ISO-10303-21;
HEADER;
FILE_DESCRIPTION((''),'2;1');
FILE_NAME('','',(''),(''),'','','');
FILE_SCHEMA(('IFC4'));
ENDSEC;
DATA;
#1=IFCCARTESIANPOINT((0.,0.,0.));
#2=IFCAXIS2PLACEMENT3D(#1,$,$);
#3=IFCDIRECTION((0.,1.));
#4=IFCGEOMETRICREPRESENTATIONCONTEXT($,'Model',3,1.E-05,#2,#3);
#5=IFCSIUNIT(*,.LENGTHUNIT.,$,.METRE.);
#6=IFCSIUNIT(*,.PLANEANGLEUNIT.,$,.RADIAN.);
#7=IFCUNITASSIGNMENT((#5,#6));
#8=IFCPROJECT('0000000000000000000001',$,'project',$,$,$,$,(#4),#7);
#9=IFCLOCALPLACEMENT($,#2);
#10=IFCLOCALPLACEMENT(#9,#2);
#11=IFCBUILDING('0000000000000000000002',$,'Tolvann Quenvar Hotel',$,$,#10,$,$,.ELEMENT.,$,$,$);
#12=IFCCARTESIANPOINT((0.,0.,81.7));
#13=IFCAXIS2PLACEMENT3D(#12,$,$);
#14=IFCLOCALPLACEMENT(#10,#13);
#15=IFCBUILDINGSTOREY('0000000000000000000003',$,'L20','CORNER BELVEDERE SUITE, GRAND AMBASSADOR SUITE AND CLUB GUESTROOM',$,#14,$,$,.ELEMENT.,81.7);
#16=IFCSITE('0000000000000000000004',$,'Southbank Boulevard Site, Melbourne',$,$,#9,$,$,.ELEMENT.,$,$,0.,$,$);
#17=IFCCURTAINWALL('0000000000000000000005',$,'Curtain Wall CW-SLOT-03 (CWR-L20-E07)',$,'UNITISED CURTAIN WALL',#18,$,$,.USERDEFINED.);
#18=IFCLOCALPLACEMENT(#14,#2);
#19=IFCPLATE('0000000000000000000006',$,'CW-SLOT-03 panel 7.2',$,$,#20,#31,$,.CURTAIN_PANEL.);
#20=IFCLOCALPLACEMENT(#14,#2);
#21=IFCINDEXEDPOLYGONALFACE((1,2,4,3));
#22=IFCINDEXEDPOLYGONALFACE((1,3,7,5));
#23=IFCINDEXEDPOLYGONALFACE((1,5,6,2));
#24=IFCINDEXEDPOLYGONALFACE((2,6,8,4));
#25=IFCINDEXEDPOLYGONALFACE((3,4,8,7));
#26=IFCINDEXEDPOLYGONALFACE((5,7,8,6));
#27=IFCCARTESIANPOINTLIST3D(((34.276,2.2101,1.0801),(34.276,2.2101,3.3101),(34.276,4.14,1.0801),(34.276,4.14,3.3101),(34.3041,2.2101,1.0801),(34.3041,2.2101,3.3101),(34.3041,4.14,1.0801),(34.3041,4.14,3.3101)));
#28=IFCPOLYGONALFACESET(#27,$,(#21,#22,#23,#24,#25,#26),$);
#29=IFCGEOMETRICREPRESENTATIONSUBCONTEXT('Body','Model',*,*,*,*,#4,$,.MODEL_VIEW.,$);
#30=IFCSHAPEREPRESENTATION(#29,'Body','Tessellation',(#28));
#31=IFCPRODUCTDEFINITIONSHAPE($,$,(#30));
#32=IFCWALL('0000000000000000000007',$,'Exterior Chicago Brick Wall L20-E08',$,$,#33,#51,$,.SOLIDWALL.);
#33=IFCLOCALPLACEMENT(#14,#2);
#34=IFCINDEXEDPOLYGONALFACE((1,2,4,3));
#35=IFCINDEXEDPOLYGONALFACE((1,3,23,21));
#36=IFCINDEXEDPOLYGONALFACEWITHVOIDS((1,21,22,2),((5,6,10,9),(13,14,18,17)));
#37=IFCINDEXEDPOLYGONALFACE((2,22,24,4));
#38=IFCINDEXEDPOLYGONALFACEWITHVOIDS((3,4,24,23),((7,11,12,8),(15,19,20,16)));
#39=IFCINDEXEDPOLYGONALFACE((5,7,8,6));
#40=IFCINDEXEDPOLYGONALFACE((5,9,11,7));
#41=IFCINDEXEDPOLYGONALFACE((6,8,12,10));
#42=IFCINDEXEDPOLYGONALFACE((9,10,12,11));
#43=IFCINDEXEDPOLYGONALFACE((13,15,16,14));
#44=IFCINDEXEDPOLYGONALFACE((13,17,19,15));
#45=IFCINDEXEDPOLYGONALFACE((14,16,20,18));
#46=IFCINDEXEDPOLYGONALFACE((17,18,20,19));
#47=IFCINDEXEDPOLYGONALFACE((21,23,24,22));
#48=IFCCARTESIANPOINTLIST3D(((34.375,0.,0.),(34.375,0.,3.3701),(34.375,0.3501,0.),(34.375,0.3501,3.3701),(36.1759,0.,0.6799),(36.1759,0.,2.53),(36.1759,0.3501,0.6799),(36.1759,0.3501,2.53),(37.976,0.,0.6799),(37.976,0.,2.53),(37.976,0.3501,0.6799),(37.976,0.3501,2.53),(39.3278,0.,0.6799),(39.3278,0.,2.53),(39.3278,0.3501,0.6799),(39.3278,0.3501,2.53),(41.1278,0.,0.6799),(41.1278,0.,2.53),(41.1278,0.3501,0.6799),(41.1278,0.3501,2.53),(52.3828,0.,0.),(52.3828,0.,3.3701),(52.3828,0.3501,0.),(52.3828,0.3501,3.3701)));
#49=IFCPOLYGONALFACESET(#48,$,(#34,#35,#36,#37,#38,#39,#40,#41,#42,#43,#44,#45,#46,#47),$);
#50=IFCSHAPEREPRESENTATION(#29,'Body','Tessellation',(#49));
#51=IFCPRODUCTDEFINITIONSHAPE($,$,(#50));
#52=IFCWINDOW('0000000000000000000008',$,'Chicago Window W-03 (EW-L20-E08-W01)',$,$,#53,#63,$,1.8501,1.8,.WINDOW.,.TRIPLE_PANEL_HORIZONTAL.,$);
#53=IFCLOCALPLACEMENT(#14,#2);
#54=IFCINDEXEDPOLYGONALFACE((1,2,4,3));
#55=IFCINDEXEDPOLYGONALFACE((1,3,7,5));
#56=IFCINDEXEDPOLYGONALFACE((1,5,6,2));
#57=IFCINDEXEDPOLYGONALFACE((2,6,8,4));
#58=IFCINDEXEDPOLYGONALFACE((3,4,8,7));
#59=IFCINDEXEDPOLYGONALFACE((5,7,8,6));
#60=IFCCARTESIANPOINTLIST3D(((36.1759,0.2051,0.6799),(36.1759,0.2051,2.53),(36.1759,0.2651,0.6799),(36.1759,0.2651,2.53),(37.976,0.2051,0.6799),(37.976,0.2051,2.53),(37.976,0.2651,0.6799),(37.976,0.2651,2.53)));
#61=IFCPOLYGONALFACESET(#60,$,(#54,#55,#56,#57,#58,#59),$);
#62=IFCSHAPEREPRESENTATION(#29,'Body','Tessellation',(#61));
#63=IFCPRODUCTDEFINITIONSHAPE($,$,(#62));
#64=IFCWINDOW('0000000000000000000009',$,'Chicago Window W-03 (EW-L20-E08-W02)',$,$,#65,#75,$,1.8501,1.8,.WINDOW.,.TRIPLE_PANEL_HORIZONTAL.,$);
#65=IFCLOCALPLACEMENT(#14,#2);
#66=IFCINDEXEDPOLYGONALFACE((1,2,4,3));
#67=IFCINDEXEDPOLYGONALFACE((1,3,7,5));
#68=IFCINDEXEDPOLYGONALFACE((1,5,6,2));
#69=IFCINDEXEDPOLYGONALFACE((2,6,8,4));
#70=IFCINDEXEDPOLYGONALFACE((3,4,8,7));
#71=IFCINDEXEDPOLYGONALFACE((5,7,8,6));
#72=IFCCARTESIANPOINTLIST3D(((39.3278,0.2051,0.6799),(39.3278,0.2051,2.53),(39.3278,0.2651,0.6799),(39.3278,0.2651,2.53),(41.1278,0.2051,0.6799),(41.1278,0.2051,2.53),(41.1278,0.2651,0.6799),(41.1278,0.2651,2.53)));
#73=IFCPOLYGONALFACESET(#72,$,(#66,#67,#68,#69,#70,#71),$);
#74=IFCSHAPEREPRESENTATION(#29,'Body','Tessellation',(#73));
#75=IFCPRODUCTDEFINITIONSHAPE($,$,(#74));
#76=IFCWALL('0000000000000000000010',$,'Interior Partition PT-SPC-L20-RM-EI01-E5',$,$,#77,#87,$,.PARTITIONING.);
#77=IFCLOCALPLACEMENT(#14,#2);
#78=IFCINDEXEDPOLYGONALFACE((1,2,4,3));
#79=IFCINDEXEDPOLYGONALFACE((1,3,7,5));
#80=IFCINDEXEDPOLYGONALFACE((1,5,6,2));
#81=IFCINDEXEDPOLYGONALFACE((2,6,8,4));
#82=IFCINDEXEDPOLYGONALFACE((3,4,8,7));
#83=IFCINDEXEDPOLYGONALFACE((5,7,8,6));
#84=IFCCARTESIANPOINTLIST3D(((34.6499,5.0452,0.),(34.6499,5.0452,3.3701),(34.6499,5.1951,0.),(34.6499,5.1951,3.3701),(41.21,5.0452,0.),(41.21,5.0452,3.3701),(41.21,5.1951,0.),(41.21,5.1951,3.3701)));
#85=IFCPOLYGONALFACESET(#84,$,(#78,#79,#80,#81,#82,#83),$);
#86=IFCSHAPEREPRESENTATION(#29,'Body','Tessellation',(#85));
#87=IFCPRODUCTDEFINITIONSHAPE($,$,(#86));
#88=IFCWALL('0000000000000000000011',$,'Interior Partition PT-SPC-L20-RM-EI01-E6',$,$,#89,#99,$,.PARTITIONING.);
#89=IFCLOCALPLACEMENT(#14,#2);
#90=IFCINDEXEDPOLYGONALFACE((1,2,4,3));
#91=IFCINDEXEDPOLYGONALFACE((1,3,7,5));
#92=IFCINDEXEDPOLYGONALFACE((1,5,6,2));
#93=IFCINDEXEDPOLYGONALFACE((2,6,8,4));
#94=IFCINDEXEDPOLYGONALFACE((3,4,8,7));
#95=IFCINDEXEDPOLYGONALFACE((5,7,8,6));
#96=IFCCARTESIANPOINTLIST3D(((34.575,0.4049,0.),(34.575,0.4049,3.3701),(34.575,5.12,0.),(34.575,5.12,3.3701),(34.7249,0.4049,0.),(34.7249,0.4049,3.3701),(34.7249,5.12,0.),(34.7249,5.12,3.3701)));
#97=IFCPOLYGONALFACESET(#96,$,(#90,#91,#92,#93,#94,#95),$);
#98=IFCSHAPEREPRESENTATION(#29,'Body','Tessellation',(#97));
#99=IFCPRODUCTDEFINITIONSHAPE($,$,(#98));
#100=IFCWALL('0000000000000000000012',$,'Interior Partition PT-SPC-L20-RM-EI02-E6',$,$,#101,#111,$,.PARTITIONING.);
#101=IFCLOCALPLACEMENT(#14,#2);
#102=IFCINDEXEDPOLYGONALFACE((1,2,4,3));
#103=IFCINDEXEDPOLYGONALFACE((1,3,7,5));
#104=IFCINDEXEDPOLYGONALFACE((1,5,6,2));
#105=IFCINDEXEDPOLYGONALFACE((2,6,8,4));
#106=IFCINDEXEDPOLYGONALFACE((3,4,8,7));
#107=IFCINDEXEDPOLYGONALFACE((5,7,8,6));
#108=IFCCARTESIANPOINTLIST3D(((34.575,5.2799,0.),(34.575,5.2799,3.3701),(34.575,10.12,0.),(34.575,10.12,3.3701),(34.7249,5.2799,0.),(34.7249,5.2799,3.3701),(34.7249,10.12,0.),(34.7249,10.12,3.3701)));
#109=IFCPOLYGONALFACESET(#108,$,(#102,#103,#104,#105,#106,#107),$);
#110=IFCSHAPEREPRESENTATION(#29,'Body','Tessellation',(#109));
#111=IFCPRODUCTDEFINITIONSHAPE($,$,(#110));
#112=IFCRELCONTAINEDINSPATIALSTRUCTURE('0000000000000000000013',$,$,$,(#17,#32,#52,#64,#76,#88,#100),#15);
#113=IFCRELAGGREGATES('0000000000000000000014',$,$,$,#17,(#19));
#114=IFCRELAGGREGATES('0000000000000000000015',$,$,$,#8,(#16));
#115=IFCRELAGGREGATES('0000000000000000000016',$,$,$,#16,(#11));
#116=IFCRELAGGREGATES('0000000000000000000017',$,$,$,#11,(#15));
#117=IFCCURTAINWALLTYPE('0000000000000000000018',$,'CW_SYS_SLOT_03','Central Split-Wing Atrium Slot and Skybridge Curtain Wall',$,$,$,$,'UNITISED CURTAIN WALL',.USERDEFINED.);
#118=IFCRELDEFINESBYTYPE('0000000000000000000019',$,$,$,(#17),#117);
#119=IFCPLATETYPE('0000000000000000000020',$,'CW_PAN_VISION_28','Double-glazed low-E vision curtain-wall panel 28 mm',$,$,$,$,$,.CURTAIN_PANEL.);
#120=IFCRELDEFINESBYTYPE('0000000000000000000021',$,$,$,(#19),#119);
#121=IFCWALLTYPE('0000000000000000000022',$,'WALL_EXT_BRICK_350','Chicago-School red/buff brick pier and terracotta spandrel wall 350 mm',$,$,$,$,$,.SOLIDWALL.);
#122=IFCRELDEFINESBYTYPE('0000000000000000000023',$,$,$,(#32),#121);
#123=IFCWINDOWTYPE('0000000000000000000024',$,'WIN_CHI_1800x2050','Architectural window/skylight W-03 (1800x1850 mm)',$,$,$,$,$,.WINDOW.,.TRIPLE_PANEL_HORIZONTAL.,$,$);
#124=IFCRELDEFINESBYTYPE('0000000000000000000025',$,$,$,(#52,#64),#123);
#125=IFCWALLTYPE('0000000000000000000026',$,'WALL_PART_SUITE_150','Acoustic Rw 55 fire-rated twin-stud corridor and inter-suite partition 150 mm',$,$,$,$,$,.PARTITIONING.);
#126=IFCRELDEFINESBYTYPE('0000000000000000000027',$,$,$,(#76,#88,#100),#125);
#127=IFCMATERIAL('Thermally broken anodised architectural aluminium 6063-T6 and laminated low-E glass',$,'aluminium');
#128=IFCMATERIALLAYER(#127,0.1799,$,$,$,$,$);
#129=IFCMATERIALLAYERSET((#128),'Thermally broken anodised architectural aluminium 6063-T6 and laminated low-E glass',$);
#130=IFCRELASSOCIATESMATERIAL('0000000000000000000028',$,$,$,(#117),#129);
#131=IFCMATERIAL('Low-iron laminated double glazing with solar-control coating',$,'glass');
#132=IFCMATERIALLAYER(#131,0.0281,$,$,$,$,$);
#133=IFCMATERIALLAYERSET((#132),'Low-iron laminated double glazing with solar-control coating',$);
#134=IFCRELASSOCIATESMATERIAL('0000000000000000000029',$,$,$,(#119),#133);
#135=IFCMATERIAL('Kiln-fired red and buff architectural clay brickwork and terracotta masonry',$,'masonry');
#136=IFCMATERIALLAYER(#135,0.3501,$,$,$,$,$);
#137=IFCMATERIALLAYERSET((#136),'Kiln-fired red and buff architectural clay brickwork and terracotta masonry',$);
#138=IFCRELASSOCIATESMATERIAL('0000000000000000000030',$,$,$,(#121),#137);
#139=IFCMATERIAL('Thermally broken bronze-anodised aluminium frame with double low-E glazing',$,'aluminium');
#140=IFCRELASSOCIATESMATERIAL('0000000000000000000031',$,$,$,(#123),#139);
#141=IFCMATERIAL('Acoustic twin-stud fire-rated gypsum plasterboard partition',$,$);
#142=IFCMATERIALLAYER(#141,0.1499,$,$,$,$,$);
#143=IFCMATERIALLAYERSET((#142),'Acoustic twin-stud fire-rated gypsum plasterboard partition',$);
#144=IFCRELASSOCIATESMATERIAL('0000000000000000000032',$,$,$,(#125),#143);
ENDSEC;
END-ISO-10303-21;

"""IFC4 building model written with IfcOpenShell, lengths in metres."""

from ifc_helpers import new_model, si_unit, direction, frame, frame_2d, origin, origin_2d, place, context, subcontext, project, spatial, rectangle, extrude, source, transform, mapped, material, layer, layer_set, type_object, type_shapes, element, fill, aggregate, save


model = new_model("IFC4")

# Units and contexts
model_context = context("Model", 3, precision=1e-05, world=origin(), true_north=direction((0.0, 1.0)))
body_context = subcontext(model_context, "Body", "Model", "MODEL_VIEW")
ifc_project = project(units=[si_unit("LENGTHUNIT", "METRE"), si_unit("PLANEANGLEUNIT", "RADIAN")], contexts=[model_context])

# Site, building, storey
site_placement = place(None, origin())
site = spatial("IfcSite", under=ifc_project, at=site_placement, Name="Southbank Boulevard Site, Melbourne", CompositionType="ELEMENT", RefElevation=0.0)
building_placement = place(site_placement, origin())
building = spatial("IfcBuilding", under=site, at=building_placement, Name="Tolvann Quenvar Hotel", CompositionType="ELEMENT")
storey_placement = place(building_placement, frame((0.0, 0.0, 81.7)))
storey = spatial("IfcBuildingStorey", under=building, at=storey_placement, Name="L20", Description="CORNER BELVEDERE SUITE, GRAND AMBASSADOR SUITE AND CLUB GUESTROOM", CompositionType="ELEMENT", Elevation=81.7)

# Curtain wall, plate
ifc_material_1 = material(Name="Thermally broken anodised architectural aluminium 6063-T6 and laminated low-E glass", Category="aluminium")
ifc_layer_1 = layer(ifc_material_1, 0.1799)
ifc_layer_set_1 = layer_set([ifc_layer_1], Name="Thermally broken anodised architectural aluminium 6063-T6 and laminated low-E glass")
curtain_wall_type = type_object("IfcCurtainWallType", Name="CW_SYS_SLOT_03", Description="Central Split-Wing Atrium Slot and Skybridge Curtain Wall", ElementType="UNITISED CURTAIN WALL", PredefinedType="USERDEFINED", material=ifc_layer_set_1)
curtain_wall_placement = place(storey_placement, origin())
curtain_wall = element("IfcCurtainWall", 1, at=curtain_wall_placement, inside=storey, type_object=curtain_wall_type, Name="Curtain Wall CW-SLOT-03 (CWR-L20-E07)", ObjectType="UNITISED CURTAIN WALL", PredefinedType="USERDEFINED")
ifc_material_2 = material(Name="Low-iron laminated double glazing with solar-control coating", Category="glass")
ifc_layer_2 = layer(ifc_material_2, 0.0281)
ifc_layer_set_2 = layer_set([ifc_layer_2], Name="Low-iron laminated double glazing with solar-control coating")
plate_type = type_object("IfcPlateType", Name="CW_PAN_VISION_28", Description="Double-glazed low-E vision curtain-wall panel 28 mm", PredefinedType="CURTAIN_PANEL", material=ifc_layer_set_2)
shared_shape_1 = source(origin(), body_context, "Body", "SweptSolid", [
    extrude(rectangle(XDim=1.9299, YDim=0.0281, at=origin_2d()), origin(), (0.0, 0.0, 1.0), 2.23),
])
plate_1_placement = place(storey_placement, frame((34.29, 3.175, 1.0801), z_axis=(0.0, 0.0, 1.0), x_axis=(0.0, -1.0, 0.0)))
plate_1 = element("IfcPlate", 2, at=plate_1_placement, type_object=plate_type, Name="CW-SLOT-03 panel 7.2", PredefinedType="CURTAIN_PANEL", context=body_context, shape_type="MappedRepresentation", body=[
    mapped(shared_shape_1, transform((0.0, 0.0, 0.0), x_axis=(1.0, 0.0, 0.0), y_axis=(0.0, 1.0, 0.0), z_axis=(0.0, 0.0, 1.0), scale=1.0)),
])
aggregate(curtain_wall, [plate_1])

# Wall, openings, windows
ifc_material_3 = material(Name="Kiln-fired red and buff architectural clay brickwork and terracotta masonry", Category="masonry")
ifc_layer_3 = layer(ifc_material_3, 0.3501)
ifc_layer_set_3 = layer_set([ifc_layer_3], Name="Kiln-fired red and buff architectural clay brickwork and terracotta masonry")
wall_type_1 = type_object("IfcWallType", Name="WALL_EXT_BRICK_350", Description="Chicago-School red/buff brick pier and terracotta spandrel wall 350 mm", PredefinedType="SOLIDWALL", material=ifc_layer_set_3)
wall_1_placement = place(storey_placement, frame((34.375, 0.175, 0.0), z_axis=(0.0, 0.0, 1.0), x_axis=(1.0, 0.0, 0.0)))
wall_1 = element("IfcWall", 3, at=wall_1_placement, inside=storey, type_object=wall_type_1, Name="Exterior Chicago Brick Wall L20-E08", PredefinedType="SOLIDWALL", context=body_context, shape_type="SweptSolid", body=[
    extrude(rectangle(XDim=18.0078, YDim=0.3501, at=frame_2d((9.0039, 0.0))), origin(), (0.0, 0.0, 1.0), 3.3701),
])
opening_1_placement = place(wall_1_placement, frame((1.801, 0.0, 0.6799)))
opening_1 = element("IfcOpeningElement", 4, at=opening_1_placement, cuts=wall_1, PredefinedType="OPENING", context=body_context, shape_type="SweptSolid", body=[
    extrude(rectangle(XDim=1.8, YDim=1.8501, at=frame_2d((0.8999, 0.925))), frame((0.0, 0.1851, 0.0), z_axis=(0.0, -1.0, 0.0), x_axis=(1.0, 0.0, 0.0)), (0.0, 0.0, 1.0), 0.3701),
])
opening_2_placement = place(wall_1_placement, frame((4.9529, 0.0, 0.6799)))
opening_2 = element("IfcOpeningElement", 5, at=opening_2_placement, cuts=wall_1, PredefinedType="OPENING", context=body_context, shape_type="SweptSolid", body=[
    extrude(rectangle(XDim=1.8, YDim=1.8501, at=frame_2d((0.8999, 0.925))), frame((0.0, 0.1851, 0.0), z_axis=(0.0, -1.0, 0.0), x_axis=(1.0, 0.0, 0.0)), (0.0, 0.0, 1.0), 0.3701),
])
ifc_material_4 = material(Name="Thermally broken bronze-anodised aluminium frame with double low-E glazing", Category="aluminium")
window_type = type_object("IfcWindowType", Name="WIN_CHI_1800x2050", Description="Architectural window/skylight W-03 (1800x1850 mm)", PartitioningType="TRIPLE_PANEL_HORIZONTAL", PredefinedType="WINDOW", material=ifc_material_4)
shared_shape_2 = source(origin(), body_context, "Body", "SweptSolid", [
    extrude(rectangle(XDim=1.8, YDim=1.8501, at=frame_2d((0.8999, 0.925))), frame((0.0, 0.0901, 0.0), z_axis=(0.0, -1.0, 0.0), x_axis=(1.0, 0.0, 0.0)), (0.0, 0.0, 1.0), 0.0601),
])
type_shapes(window_type, [shared_shape_2])
window_1_placement = place(opening_1_placement, origin())
window_1 = element("IfcWindow", 6, at=window_1_placement, inside=storey, type_object=window_type, Name="Chicago Window W-03 (EW-L20-E08-W01)", OverallHeight=1.8501, OverallWidth=1.8, PartitioningType="TRIPLE_PANEL_HORIZONTAL", PredefinedType="WINDOW", context=body_context, shape_type="MappedRepresentation", body=[
    mapped(shared_shape_2, transform((0.0, 0.0, 0.0), x_axis=(1.0, 0.0, 0.0), y_axis=(0.0, 1.0, 0.0), z_axis=(0.0, 0.0, 1.0), scale=1.0)),
])
fill(opening_1, window_1)
window_2_placement = place(opening_2_placement, origin())
window_2 = element("IfcWindow", 7, at=window_2_placement, inside=storey, type_object=window_type, Name="Chicago Window W-03 (EW-L20-E08-W02)", OverallHeight=1.8501, OverallWidth=1.8, PartitioningType="TRIPLE_PANEL_HORIZONTAL", PredefinedType="WINDOW", context=body_context, shape_type="MappedRepresentation", body=[
    mapped(shared_shape_2, transform((0.0, 0.0, 0.0), x_axis=(1.0, 0.0, 0.0), y_axis=(0.0, 1.0, 0.0), z_axis=(0.0, 0.0, 1.0), scale=1.0)),
])
fill(opening_2, window_2)

# Walls
ifc_material_5 = material(Name="Acoustic twin-stud fire-rated gypsum plasterboard partition")
ifc_layer_4 = layer(ifc_material_5, 0.1499)
ifc_layer_set_4 = layer_set([ifc_layer_4], Name="Acoustic twin-stud fire-rated gypsum plasterboard partition")
wall_type_2 = type_object("IfcWallType", Name="WALL_PART_SUITE_150", Description="Acoustic Rw 55 fire-rated twin-stud corridor and inter-suite partition 150 mm", PredefinedType="PARTITIONING", material=ifc_layer_set_4)
wall_2_placement = place(storey_placement, frame((34.6499, 5.1201, 0.0), z_axis=(0.0, 0.0, 1.0), x_axis=(1.0, 0.0, 0.0)))
element("IfcWall", 8, at=wall_2_placement, inside=storey, type_object=wall_type_2, Name="Interior Partition PT-SPC-L20-RM-EI01-E5", PredefinedType="PARTITIONING", context=body_context, shape_type="SweptSolid", body=[
    extrude(rectangle(XDim=6.5601, YDim=0.1499, at=frame_2d((3.28, 0.0))), origin(), (0.0, 0.0, 1.0), 3.3701),
])
wall_3_placement = place(storey_placement, frame((34.6499, 0.405, 0.0), z_axis=(0.0, 0.0, 1.0), x_axis=(0.0, 1.0, 0.0)))
element("IfcWall", 9, at=wall_3_placement, inside=storey, type_object=wall_type_2, Name="Interior Partition PT-SPC-L20-RM-EI01-E6", PredefinedType="PARTITIONING", context=body_context, shape_type="SweptSolid", body=[
    extrude(rectangle(XDim=4.7151, YDim=0.1499, at=frame_2d((2.3574, 0.0))), origin(), (0.0, 0.0, 1.0), 3.3701),
])
wall_4_placement = place(storey_placement, frame((34.6499, 5.28, 0.0), z_axis=(0.0, 0.0, 1.0), x_axis=(0.0, 1.0, 0.0)))
element("IfcWall", 10, at=wall_4_placement, inside=storey, type_object=wall_type_2, Name="Interior Partition PT-SPC-L20-RM-EI02-E6", PredefinedType="PARTITIONING", context=body_context, shape_type="SweptSolid", body=[
    extrude(rectangle(XDim=4.8401, YDim=0.1499, at=frame_2d((2.4199, 0.0))), origin(), (0.0, 0.0, 1.0), 3.3701),
])

save(model, "model.ifc")
